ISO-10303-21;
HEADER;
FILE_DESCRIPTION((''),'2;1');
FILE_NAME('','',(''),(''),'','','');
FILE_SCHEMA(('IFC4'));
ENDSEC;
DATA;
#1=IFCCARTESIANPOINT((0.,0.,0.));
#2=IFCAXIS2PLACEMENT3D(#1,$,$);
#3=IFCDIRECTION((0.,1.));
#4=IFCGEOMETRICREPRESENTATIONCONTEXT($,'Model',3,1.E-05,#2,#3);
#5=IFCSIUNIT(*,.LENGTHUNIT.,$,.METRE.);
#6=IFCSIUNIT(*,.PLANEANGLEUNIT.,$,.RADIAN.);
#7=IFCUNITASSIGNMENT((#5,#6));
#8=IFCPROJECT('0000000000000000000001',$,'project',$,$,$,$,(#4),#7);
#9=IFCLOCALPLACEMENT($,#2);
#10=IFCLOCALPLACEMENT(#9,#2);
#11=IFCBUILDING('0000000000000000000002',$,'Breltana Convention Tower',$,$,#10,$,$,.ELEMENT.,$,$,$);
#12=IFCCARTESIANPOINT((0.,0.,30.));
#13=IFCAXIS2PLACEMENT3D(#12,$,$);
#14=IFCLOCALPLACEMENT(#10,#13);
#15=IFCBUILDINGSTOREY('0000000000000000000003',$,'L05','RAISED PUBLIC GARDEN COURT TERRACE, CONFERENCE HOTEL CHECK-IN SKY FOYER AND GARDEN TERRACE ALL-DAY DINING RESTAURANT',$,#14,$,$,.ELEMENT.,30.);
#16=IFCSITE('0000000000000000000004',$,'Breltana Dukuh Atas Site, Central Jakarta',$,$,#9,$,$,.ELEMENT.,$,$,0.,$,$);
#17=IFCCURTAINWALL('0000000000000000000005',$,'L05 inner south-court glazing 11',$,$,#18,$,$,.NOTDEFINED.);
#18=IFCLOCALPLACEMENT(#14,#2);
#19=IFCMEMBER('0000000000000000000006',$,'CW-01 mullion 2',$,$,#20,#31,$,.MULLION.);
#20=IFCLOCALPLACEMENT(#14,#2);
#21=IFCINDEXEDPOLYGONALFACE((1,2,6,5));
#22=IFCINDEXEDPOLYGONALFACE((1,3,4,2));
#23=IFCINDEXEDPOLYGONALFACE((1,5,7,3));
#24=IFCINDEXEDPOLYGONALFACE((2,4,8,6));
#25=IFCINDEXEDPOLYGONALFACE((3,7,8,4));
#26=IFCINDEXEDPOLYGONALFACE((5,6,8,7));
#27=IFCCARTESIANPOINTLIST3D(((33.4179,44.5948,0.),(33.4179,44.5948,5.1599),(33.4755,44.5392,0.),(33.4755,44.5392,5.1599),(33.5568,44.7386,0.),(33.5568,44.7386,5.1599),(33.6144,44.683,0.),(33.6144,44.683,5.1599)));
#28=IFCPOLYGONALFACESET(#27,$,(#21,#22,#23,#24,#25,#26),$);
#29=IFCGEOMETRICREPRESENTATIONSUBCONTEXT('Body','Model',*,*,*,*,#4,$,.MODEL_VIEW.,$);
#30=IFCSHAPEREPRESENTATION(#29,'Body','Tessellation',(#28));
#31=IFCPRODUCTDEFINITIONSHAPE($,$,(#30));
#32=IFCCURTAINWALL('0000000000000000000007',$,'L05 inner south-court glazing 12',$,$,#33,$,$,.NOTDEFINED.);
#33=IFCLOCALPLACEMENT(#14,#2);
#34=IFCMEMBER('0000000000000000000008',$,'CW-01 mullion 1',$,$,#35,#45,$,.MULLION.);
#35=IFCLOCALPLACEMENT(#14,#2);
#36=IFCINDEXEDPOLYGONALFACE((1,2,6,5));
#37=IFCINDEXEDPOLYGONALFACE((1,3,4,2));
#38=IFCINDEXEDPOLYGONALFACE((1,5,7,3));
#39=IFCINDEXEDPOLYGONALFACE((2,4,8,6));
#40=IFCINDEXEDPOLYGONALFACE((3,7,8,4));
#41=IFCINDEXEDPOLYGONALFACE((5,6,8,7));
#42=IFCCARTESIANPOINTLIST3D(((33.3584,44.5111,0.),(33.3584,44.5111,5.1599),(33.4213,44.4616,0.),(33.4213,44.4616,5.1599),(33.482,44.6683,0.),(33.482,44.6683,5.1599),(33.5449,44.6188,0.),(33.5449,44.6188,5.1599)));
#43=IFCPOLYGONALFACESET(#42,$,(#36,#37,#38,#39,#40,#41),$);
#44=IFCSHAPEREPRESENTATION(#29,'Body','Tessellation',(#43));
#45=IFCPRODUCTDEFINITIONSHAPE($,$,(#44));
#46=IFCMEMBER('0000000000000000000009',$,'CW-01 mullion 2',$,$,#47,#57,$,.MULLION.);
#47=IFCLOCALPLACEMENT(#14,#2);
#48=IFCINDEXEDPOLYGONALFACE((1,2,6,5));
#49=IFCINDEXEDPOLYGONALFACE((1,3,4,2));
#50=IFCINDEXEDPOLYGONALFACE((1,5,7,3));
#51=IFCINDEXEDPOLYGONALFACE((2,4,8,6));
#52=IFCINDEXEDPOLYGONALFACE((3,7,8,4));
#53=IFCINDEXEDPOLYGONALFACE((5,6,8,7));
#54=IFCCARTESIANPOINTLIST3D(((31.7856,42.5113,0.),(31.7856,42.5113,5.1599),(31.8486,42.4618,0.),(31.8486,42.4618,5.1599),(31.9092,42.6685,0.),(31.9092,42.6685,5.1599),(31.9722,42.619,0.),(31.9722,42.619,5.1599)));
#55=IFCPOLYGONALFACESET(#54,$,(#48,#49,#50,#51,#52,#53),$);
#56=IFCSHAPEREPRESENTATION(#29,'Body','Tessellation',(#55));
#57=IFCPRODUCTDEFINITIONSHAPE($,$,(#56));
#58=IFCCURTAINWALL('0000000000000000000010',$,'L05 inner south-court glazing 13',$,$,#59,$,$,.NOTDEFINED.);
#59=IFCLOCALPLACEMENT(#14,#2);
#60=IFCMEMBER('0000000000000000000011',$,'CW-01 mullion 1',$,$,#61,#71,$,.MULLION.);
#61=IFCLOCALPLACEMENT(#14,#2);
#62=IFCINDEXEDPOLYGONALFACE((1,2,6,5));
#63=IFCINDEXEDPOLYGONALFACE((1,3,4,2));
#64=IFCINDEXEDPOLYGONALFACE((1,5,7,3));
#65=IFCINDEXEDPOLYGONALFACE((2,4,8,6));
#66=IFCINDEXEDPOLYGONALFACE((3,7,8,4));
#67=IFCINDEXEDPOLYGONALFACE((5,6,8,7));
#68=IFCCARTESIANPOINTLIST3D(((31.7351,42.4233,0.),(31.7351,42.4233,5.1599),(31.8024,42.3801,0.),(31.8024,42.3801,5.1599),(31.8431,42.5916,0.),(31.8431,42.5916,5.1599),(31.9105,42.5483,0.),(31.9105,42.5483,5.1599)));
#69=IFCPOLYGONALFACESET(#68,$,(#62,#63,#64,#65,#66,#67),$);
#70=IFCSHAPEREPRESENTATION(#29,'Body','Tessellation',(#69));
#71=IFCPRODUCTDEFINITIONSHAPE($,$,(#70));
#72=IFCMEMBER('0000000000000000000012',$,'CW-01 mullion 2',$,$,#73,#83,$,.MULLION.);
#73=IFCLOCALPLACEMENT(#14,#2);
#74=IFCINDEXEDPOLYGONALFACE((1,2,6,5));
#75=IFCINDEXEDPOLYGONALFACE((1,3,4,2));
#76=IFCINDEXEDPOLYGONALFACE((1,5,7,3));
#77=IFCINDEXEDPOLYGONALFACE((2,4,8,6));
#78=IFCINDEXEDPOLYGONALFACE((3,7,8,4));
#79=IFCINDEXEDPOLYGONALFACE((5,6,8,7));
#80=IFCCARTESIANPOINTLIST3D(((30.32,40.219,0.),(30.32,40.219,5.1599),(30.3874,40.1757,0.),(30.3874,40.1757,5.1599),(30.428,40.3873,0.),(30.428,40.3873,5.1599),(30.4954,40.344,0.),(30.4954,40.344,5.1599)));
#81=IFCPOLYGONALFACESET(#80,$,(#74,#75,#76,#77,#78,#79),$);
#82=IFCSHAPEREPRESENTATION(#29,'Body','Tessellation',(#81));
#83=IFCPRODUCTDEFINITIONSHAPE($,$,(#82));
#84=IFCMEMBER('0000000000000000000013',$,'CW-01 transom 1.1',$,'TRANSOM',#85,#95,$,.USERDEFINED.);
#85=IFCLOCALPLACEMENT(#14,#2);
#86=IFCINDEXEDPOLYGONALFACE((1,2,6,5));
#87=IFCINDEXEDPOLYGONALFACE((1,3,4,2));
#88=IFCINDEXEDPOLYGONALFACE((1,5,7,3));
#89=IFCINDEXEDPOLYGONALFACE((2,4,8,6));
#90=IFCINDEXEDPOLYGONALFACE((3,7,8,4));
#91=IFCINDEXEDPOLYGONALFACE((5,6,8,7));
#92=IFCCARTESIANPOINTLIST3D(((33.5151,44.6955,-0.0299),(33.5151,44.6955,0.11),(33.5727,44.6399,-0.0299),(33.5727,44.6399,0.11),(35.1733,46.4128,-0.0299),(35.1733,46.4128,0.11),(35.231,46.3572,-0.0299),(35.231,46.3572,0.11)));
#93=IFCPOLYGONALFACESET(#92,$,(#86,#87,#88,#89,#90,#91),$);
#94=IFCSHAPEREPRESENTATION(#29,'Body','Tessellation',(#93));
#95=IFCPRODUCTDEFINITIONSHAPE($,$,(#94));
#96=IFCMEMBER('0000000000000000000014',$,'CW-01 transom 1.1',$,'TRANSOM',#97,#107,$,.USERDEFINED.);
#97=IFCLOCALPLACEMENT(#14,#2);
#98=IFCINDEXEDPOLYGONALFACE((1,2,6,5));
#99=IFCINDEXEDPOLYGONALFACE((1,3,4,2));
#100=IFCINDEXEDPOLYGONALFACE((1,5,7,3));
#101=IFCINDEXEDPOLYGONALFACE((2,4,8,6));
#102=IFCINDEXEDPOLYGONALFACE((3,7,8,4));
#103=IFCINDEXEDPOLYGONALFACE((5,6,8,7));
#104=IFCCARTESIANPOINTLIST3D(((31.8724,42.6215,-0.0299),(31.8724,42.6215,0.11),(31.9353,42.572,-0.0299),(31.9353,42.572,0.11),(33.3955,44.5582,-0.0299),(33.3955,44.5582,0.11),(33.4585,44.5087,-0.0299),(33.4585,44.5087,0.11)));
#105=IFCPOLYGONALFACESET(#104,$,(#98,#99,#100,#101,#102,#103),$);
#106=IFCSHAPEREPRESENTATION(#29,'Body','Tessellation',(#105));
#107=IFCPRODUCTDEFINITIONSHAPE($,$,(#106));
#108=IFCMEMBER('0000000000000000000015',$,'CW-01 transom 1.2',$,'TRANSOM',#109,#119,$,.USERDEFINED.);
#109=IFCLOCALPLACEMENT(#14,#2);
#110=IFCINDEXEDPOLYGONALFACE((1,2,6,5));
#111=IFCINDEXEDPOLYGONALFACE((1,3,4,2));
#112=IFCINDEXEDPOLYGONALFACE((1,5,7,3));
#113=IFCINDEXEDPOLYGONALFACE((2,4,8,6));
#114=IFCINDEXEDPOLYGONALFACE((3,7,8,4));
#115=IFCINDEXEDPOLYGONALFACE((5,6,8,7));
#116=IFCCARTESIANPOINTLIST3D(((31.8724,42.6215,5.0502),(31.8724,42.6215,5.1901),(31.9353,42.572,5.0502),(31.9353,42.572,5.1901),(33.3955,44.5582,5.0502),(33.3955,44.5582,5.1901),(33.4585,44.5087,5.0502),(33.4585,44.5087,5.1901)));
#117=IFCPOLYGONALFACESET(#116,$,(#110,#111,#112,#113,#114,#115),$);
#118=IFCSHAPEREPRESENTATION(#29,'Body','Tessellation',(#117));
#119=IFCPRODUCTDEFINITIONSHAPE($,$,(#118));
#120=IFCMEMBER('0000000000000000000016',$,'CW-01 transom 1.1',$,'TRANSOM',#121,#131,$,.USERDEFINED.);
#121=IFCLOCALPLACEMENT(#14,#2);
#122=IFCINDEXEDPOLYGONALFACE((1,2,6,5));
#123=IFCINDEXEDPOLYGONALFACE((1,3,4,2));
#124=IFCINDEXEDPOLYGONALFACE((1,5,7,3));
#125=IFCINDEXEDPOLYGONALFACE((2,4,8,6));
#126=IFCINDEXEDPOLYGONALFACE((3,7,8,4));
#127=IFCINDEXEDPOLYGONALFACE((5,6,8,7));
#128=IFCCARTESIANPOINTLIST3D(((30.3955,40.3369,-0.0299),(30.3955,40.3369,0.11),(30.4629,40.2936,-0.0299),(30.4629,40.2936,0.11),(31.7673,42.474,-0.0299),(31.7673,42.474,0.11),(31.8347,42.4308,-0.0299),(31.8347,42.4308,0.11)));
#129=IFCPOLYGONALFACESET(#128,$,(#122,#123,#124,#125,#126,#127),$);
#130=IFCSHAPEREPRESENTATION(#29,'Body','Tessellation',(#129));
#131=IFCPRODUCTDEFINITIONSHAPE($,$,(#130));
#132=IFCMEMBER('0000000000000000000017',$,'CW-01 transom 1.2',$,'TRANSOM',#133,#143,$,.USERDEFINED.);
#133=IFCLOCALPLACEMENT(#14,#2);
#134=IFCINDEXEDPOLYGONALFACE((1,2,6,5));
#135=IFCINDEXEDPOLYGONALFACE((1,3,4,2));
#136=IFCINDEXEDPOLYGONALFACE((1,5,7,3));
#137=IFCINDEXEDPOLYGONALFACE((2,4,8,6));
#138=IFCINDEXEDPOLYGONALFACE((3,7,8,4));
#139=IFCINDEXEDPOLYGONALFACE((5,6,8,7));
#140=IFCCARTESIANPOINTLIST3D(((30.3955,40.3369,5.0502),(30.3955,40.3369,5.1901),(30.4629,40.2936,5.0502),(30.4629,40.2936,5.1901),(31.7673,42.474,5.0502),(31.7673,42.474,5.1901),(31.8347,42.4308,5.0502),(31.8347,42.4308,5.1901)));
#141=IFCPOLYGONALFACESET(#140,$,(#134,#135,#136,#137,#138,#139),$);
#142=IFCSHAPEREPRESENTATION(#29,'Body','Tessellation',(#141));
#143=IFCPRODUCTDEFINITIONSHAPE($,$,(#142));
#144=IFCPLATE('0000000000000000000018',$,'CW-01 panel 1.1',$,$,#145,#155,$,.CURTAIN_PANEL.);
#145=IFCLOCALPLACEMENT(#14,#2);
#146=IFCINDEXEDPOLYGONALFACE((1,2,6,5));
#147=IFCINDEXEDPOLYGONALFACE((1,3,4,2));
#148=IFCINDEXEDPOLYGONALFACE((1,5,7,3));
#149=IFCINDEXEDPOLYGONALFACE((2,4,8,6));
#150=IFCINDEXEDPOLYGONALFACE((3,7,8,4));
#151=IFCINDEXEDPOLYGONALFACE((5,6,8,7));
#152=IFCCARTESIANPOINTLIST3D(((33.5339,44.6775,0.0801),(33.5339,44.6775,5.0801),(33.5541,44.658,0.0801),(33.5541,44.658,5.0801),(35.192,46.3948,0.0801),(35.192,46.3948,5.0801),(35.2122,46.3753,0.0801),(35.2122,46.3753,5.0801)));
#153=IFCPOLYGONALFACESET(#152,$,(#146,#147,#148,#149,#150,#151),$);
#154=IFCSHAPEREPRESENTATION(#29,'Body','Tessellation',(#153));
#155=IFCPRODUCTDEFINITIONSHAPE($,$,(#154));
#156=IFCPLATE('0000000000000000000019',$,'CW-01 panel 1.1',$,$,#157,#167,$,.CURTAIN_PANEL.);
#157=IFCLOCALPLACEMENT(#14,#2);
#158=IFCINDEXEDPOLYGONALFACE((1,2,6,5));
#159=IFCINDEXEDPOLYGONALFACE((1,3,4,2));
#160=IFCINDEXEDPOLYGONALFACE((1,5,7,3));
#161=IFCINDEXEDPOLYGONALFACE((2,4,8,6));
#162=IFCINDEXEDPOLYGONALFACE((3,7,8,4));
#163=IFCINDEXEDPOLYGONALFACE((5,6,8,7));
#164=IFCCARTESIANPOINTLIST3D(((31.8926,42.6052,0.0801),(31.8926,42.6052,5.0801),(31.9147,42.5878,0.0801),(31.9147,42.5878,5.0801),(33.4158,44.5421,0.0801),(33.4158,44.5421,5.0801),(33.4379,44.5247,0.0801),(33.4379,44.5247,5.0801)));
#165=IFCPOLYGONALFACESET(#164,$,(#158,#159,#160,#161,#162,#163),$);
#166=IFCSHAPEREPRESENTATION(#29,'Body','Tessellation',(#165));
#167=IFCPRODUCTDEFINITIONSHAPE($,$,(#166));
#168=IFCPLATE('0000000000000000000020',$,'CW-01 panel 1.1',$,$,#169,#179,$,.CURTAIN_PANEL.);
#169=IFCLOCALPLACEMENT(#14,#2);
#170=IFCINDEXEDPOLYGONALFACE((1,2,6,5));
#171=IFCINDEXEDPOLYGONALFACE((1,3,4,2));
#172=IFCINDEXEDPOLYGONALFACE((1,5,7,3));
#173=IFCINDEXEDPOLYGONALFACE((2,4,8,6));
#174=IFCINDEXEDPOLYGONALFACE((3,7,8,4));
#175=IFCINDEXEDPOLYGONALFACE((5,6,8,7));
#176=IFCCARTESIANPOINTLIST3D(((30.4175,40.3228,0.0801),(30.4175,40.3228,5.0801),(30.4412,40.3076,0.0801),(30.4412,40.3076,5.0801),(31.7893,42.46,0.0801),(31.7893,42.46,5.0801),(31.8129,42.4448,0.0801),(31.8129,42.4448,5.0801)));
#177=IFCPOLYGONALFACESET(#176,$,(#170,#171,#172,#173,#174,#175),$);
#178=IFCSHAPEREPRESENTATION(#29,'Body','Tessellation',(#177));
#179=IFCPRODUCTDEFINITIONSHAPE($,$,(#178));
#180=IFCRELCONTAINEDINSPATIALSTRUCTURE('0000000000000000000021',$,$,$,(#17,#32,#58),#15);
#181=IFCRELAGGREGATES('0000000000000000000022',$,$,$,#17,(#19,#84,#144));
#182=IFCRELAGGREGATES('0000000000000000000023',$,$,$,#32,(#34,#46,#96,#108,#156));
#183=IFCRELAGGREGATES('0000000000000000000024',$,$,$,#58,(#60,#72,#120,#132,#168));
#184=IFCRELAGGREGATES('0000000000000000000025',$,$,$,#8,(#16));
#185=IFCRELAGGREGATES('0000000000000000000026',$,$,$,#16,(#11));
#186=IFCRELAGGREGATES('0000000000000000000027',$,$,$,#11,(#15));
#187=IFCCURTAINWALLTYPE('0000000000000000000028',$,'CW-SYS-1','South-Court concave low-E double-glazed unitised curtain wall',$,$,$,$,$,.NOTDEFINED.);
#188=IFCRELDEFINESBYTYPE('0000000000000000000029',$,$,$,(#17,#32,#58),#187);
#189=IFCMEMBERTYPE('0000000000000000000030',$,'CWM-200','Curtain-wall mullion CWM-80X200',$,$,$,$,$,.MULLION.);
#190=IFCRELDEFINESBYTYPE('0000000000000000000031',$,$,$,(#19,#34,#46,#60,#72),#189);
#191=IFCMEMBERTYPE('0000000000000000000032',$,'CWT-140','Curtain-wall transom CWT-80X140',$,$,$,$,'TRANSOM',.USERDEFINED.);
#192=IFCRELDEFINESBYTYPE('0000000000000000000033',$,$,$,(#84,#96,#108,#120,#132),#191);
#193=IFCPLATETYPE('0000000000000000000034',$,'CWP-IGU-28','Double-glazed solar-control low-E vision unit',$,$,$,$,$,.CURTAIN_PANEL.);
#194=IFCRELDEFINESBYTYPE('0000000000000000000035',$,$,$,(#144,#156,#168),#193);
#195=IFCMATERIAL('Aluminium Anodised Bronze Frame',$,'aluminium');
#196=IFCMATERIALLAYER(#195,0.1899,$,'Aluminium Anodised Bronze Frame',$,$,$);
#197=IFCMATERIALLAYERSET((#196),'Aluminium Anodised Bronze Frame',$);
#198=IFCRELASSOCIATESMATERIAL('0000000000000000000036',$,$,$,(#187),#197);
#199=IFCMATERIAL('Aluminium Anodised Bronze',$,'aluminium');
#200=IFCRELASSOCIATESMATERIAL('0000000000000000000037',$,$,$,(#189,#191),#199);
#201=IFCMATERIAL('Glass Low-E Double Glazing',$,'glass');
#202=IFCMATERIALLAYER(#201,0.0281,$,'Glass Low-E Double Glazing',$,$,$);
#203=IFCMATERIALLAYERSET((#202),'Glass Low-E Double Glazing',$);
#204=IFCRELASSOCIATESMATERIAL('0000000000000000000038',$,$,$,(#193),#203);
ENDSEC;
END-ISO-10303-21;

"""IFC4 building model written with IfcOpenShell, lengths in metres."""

from ifc_helpers import new_model, si_unit, direction, frame, origin, origin_2d, place, context, subcontext, project, spatial, rectangle, extrude, source, transform, mapped, material, layer, layer_set, material_profile, profile_set, type_object, type_shapes, element, aggregate, save


model = new_model("IFC4")

# Units and contexts
model_context = context("Model", 3, precision=1e-05, world=origin(), true_north=direction((0.0, 1.0)))
body_context = subcontext(model_context, "Body", "Model", "MODEL_VIEW")
ifc_project = project(units=[si_unit("LENGTHUNIT", "METRE"), si_unit("PLANEANGLEUNIT", "RADIAN")], contexts=[model_context])

# Site, building, storey
site_placement = place(None, origin())
site = spatial("IfcSite", under=ifc_project, at=site_placement, Name="Breltana Dukuh Atas Site, Central Jakarta", CompositionType="ELEMENT", RefElevation=0.0)
building_placement = place(site_placement, origin())
building = spatial("IfcBuilding", under=site, at=building_placement, Name="Breltana Convention Tower", CompositionType="ELEMENT")
storey_placement = place(building_placement, frame((0.0, 0.0, 30.0)))
storey = spatial("IfcBuildingStorey", under=building, at=storey_placement, Name="L05", Description="RAISED PUBLIC GARDEN COURT TERRACE, CONFERENCE HOTEL CHECK-IN SKY FOYER AND GARDEN TERRACE ALL-DAY DINING RESTAURANT", CompositionType="ELEMENT", Elevation=30.0)

# Curtain wall, member
ifc_material_1 = material(Name="Aluminium Anodised Bronze Frame", Category="aluminium")
ifc_layer_1 = layer(ifc_material_1, 0.1899, Name="Aluminium Anodised Bronze Frame")
ifc_layer_set_1 = layer_set([ifc_layer_1], Name="Aluminium Anodised Bronze Frame")
curtain_wall_type = type_object("IfcCurtainWallType", Name="CW-SYS-1", Description="South-Court concave low-E double-glazed unitised curtain wall", PredefinedType="NOTDEFINED", material=ifc_layer_set_1)
curtain_wall_1_placement = place(storey_placement, origin())
curtain_wall_1 = element("IfcCurtainWall", 1, at=curtain_wall_1_placement, inside=storey, type_object=curtain_wall_type, Name="L05 inner south-court glazing 11", PredefinedType="NOTDEFINED")
ifc_material_2 = material(Name="Aluminium Anodised Bronze", Category="aluminium")
ifc_material_profile_1 = material_profile(ifc_material_2, rectangle(XDim=0.0801, YDim=0.2, at=origin_2d()), Name="CWM-80X200")
ifc_profile_set_1 = profile_set([ifc_material_profile_1], Name="Aluminium Anodised Bronze")
member_type_1 = type_object("IfcMemberType", Name="CWM-200", Description="Curtain-wall mullion CWM-80X200", PredefinedType="MULLION", material=ifc_profile_set_1)
shared_shape_1 = source(origin(), body_context, "Body", "SweptSolid", [
    extrude(rectangle(XDim=0.0801, YDim=0.2, at=origin_2d()), origin(), (0.0, 0.0, 1.0), 5.1599),
])
type_shapes(member_type_1, [shared_shape_1])
member_1_placement = place(storey_placement, frame((33.5161, 44.6389, 0.0), z_axis=(0.0, 0.0, 1.0), x_axis=(0.719385, -0.694612, 0.0)))
member_1 = element("IfcMember", 2, at=member_1_placement, type_object=member_type_1, Name="CW-01 mullion 2", PredefinedType="MULLION", context=body_context, shape_type="MappedRepresentation", body=[
    mapped(shared_shape_1, transform((0.0, 0.0, 0.0), scale=1.0)),
])

# Curtain walls, members
curtain_wall_2_placement = place(storey_placement, origin())
curtain_wall_2 = element("IfcCurtainWall", 3, at=curtain_wall_2_placement, inside=storey, type_object=curtain_wall_type, Name="L05 inner south-court glazing 12", PredefinedType="NOTDEFINED")
member_2_placement = place(storey_placement, frame((33.4517, 44.5649, 0.0), z_axis=(0.0, 0.0, 1.0), x_axis=(0.786058, -0.618153, 0.0)))
member_2 = element("IfcMember", 4, at=member_2_placement, type_object=member_type_1, Name="CW-01 mullion 1", PredefinedType="MULLION", context=body_context, shape_type="MappedRepresentation", body=[
    mapped(shared_shape_1, transform((0.0, 0.0, 0.0), scale=1.0)),
])
member_3_placement = place(storey_placement, frame((31.8789, 42.5652, 0.0), z_axis=(0.0, 0.0, 1.0), x_axis=(0.786058, -0.618153, 0.0)))
member_3 = element("IfcMember", 5, at=member_3_placement, type_object=member_type_1, Name="CW-01 mullion 2", PredefinedType="MULLION", context=body_context, shape_type="MappedRepresentation", body=[
    mapped(shared_shape_1, transform((0.0, 0.0, 0.0), scale=1.0)),
])
curtain_wall_3_placement = place(storey_placement, origin())
curtain_wall_3 = element("IfcCurtainWall", 6, at=curtain_wall_3_placement, inside=storey, type_object=curtain_wall_type, Name="L05 inner south-court glazing 13", PredefinedType="NOTDEFINED")
member_4_placement = place(storey_placement, frame((31.8228, 42.4858, 0.0), z_axis=(0.0, 0.0, 1.0), x_axis=(0.841556, -0.54017, 0.0)))
member_4 = element("IfcMember", 7, at=member_4_placement, type_object=member_type_1, Name="CW-01 mullion 1", PredefinedType="MULLION", context=body_context, shape_type="MappedRepresentation", body=[
    mapped(shared_shape_1, transform((0.0, 0.0, 0.0), scale=1.0)),
])
member_5_placement = place(storey_placement, frame((30.4077, 40.2815, 0.0), z_axis=(0.0, 0.0, 1.0), x_axis=(0.841556, -0.54017, 0.0)))
member_5 = element("IfcMember", 8, at=member_5_placement, type_object=member_type_1, Name="CW-01 mullion 2", PredefinedType="MULLION", context=body_context, shape_type="MappedRepresentation", body=[
    mapped(shared_shape_1, transform((0.0, 0.0, 0.0), scale=1.0)),
])

# Members
ifc_material_profile_2 = material_profile(ifc_material_2, rectangle(XDim=0.0801, YDim=0.1399, at=origin_2d()), Name="CWT-80X140")
ifc_profile_set_2 = profile_set([ifc_material_profile_2], Name="Aluminium Anodised Bronze")
member_type_2 = type_object("IfcMemberType", Name="CWT-140", Description="Curtain-wall transom CWT-80X140", ElementType="TRANSOM", PredefinedType="USERDEFINED", material=ifc_profile_set_2)
shared_shape_2 = source(origin(), body_context, "Body", "SweptSolid", [
    extrude(rectangle(XDim=0.0801, YDim=0.1399, at=origin_2d()), origin(), (0.0, 0.0, 1.0), 2.3872),
])
type_shapes(member_type_2, [shared_shape_2])
member_6_placement = place(storey_placement, frame((35.2021, 46.385, 0.04), z_axis=(-0.694624, -0.719373, 0.0), x_axis=(0.719373, -0.694624, 0.0)))
member_6 = element("IfcMember", 9, at=member_6_placement, type_object=member_type_2, Name="CW-01 transom 1.1", ObjectType="TRANSOM", PredefinedType="USERDEFINED", context=body_context, shape_type="MappedRepresentation", body=[
    mapped(shared_shape_2, transform((0.0, 0.0, 0.0), scale=1.0)),
])
shared_shape_3 = source(origin(), body_context, "Body", "SweptSolid", [
    extrude(rectangle(XDim=0.0801, YDim=0.1399, at=origin_2d()), origin(), (0.0, 0.0, 1.0), 2.4639),
])
member_7_placement = place(storey_placement, frame((33.427, 44.5334, 0.04), z_axis=(-0.618185, -0.786033, 0.0), x_axis=(0.786033, -0.618185, 0.0)))
member_7 = element("IfcMember", 10, at=member_7_placement, type_object=member_type_2, Name="CW-01 transom 1.1", ObjectType="TRANSOM", PredefinedType="USERDEFINED", context=body_context, shape_type="MappedRepresentation", body=[
    mapped(shared_shape_3, transform((0.0, 0.0, 0.0), scale=1.0)),
])
member_8_placement = place(storey_placement, frame((33.427, 44.5334, 5.1201), z_axis=(-0.618185, -0.786033, 0.0), x_axis=(0.786033, -0.618185, 0.0)))
member_8 = element("IfcMember", 11, at=member_8_placement, type_object=member_type_2, Name="CW-01 transom 1.2", ObjectType="TRANSOM", PredefinedType="USERDEFINED", context=body_context, shape_type="MappedRepresentation", body=[
    mapped(shared_shape_3, transform((0.0, 0.0, 0.0), scale=1.0)),
])
shared_shape_4 = source(origin(), body_context, "Body", "SweptSolid", [
    extrude(rectangle(XDim=0.0801, YDim=0.1399, at=origin_2d()), origin(), (0.0, 0.0, 1.0), 2.5396),
])
member_9_placement = place(storey_placement, frame((31.801, 42.4524, 0.04), z_axis=(-0.540174, -0.841553, 0.0), x_axis=(0.841553, -0.540174, 0.0)))
member_9 = element("IfcMember", 12, at=member_9_placement, type_object=member_type_2, Name="CW-01 transom 1.1", ObjectType="TRANSOM", PredefinedType="USERDEFINED", context=body_context, shape_type="MappedRepresentation", body=[
    mapped(shared_shape_4, transform((0.0, 0.0, 0.0), scale=1.0)),
])
member_10_placement = place(storey_placement, frame((31.801, 42.4524, 5.1201), z_axis=(-0.540174, -0.841553, 0.0), x_axis=(0.841553, -0.540174, 0.0)))
member_10 = element("IfcMember", 13, at=member_10_placement, type_object=member_type_2, Name="CW-01 transom 1.2", ObjectType="TRANSOM", PredefinedType="USERDEFINED", context=body_context, shape_type="MappedRepresentation", body=[
    mapped(shared_shape_4, transform((0.0, 0.0, 0.0), scale=1.0)),
])

# Plates
ifc_material_3 = material(Name="Glass Low-E Double Glazing", Category="glass")
ifc_layer_2 = layer(ifc_material_3, 0.0281, Name="Glass Low-E Double Glazing")
ifc_layer_set_2 = layer_set([ifc_layer_2], Name="Glass Low-E Double Glazing")
plate_type = type_object("IfcPlateType", Name="CWP-IGU-28", Description="Double-glazed solar-control low-E vision unit", PredefinedType="CURTAIN_PANEL", material=ifc_layer_set_2)
shared_shape_5 = source(origin(), body_context, "Body", "SweptSolid", [
    extrude(rectangle(XDim=2.3872, YDim=0.0281, at=origin_2d()), origin(), (0.0, 0.0, 1.0), 5.0),
])
type_shapes(plate_type, [shared_shape_5])
plate_1_placement = place(storey_placement, frame((34.373, 45.5264, 0.0801), z_axis=(0.0, 0.0, 1.0), x_axis=(-0.694612, -0.719385, 0.0)))
plate_1 = element("IfcPlate", 14, at=plate_1_placement, type_object=plate_type, Name="CW-01 panel 1.1", PredefinedType="CURTAIN_PANEL", context=body_context, shape_type="MappedRepresentation", body=[
    mapped(shared_shape_5, transform((0.0, 0.0, 0.0), scale=1.0)),
])
aggregate(curtain_wall_1, [member_1, member_6, plate_1])
shared_shape_6 = source(origin(), body_context, "Body", "SweptSolid", [
    extrude(rectangle(XDim=2.4641, YDim=0.0281, at=origin_2d()), origin(), (0.0, 0.0, 1.0), 5.0),
])
plate_2_placement = place(storey_placement, frame((32.6653, 43.5649, 0.0801), z_axis=(0.0, 0.0, 1.0), x_axis=(-0.618153, -0.786058, 0.0)))
plate_2 = element("IfcPlate", 15, at=plate_2_placement, type_object=plate_type, Name="CW-01 panel 1.1", PredefinedType="CURTAIN_PANEL", context=body_context, shape_type="MappedRepresentation", body=[
    mapped(shared_shape_6, transform((0.0, 0.0, 0.0), scale=1.0)),
])
aggregate(curtain_wall_2, [member_2, member_3, member_7, member_8, plate_2])
shared_shape_7 = source(origin(), body_context, "Body", "SweptSolid", [
    extrude(rectangle(XDim=2.5396, YDim=0.0281, at=origin_2d()), origin(), (0.0, 0.0, 1.0), 5.0),
])
plate_3_placement = place(storey_placement, frame((31.1152, 41.3838, 0.0801), z_axis=(0.0, 0.0, 1.0), x_axis=(-0.54017, -0.841556, 0.0)))
plate_3 = element("IfcPlate", 16, at=plate_3_placement, type_object=plate_type, Name="CW-01 panel 1.1", PredefinedType="CURTAIN_PANEL", context=body_context, shape_type="MappedRepresentation", body=[
    mapped(shared_shape_7, transform((0.0, 0.0, 0.0), scale=1.0)),
])
aggregate(curtain_wall_3, [member_4, member_5, member_9, member_10, plate_3])

save(model, "model.ifc")
